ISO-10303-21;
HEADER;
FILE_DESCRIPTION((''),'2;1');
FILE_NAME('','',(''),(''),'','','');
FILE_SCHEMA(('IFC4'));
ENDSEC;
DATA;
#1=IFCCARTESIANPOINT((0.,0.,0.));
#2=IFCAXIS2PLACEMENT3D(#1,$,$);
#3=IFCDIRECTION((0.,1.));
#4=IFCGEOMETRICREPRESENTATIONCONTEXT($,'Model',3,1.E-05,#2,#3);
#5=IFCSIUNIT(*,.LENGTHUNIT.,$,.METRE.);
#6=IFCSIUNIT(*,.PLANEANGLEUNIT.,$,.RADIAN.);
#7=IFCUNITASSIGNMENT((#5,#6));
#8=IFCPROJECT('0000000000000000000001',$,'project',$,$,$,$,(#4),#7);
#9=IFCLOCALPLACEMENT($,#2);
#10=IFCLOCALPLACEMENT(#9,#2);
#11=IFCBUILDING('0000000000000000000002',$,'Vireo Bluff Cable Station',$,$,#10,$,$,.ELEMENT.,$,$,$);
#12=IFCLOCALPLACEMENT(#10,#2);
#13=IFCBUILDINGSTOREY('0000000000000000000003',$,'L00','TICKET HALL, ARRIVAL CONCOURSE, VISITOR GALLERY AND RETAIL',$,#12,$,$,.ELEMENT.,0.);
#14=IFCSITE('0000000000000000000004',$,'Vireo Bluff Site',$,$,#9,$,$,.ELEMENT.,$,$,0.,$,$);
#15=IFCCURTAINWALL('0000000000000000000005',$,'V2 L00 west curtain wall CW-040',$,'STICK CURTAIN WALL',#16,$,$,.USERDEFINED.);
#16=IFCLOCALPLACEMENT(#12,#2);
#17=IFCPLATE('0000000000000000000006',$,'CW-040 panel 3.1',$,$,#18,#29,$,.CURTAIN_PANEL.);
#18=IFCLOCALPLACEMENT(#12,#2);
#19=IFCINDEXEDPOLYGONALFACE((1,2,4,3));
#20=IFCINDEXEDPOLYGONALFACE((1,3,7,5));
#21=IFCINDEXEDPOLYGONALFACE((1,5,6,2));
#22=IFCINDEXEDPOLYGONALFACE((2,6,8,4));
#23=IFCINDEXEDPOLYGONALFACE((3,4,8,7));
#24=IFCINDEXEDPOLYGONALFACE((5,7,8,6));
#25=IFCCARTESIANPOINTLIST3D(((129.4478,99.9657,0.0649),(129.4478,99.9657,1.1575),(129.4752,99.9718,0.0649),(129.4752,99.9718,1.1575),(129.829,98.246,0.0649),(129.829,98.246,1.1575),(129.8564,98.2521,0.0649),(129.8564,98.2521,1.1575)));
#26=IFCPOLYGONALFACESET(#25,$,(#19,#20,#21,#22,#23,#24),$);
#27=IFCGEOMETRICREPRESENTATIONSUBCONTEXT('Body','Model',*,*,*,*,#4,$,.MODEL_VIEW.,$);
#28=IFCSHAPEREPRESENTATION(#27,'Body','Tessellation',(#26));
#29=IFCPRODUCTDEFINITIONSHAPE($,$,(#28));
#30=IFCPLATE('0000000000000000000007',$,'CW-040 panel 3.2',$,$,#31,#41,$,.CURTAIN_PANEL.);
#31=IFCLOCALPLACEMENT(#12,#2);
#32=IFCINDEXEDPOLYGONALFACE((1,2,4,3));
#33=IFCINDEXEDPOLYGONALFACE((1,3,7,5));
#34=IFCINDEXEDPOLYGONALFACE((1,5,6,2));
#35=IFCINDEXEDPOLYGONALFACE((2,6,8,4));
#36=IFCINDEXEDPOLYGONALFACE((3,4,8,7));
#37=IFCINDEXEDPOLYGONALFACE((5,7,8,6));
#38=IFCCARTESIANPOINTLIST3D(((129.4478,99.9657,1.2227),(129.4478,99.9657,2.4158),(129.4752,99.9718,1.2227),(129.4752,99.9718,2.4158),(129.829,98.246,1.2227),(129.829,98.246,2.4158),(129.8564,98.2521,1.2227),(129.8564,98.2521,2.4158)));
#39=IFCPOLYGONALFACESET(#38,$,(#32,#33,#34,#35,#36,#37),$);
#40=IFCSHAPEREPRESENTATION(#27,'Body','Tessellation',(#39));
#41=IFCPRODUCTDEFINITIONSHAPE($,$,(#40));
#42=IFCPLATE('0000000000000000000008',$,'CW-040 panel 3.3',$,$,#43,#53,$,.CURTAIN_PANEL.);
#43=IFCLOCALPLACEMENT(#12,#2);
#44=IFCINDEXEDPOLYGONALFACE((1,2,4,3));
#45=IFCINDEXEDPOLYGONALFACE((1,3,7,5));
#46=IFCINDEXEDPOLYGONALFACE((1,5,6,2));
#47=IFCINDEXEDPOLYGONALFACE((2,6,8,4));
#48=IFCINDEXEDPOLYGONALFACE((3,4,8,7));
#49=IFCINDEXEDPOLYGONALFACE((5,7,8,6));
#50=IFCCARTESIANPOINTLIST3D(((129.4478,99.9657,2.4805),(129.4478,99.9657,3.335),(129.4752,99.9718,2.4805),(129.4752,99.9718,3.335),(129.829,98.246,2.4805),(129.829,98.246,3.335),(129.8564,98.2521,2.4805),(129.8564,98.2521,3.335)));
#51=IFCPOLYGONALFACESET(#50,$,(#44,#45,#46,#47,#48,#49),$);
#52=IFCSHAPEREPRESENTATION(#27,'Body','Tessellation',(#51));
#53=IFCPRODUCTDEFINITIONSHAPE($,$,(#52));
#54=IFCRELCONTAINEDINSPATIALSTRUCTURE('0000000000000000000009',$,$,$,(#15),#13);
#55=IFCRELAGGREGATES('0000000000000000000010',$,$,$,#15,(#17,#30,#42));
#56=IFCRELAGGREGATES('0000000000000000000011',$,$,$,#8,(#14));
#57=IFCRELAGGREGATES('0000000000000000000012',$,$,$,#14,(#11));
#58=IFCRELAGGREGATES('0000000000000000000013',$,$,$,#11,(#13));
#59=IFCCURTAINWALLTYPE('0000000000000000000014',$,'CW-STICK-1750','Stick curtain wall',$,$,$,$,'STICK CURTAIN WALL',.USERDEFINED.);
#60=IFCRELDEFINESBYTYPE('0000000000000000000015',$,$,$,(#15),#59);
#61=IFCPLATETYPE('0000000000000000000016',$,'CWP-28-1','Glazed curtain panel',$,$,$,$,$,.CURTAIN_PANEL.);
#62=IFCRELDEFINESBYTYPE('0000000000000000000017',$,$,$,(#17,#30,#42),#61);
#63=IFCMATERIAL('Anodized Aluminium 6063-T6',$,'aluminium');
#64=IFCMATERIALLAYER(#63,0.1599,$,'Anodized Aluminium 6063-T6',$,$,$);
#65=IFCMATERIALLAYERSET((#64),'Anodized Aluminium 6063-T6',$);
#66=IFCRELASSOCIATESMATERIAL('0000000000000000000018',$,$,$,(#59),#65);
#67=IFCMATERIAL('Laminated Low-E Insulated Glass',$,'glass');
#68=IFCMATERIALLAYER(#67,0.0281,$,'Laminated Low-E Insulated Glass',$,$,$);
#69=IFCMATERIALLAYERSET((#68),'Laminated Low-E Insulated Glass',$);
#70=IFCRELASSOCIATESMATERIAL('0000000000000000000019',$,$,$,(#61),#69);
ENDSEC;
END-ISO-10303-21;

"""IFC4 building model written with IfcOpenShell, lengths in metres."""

from ifc_helpers import new_model, si_unit, direction, frame, origin, origin_2d, place, context, subcontext, project, spatial, rectangle, extrude, material, layer, layer_set, type_object, element, aggregate, save


model = new_model("IFC4")

# Units and contexts
model_context = context("Model", 3, precision=1e-05, world=origin(), true_north=direction((0.0, 1.0)))
body_context = subcontext(model_context, "Body", "Model", "MODEL_VIEW")
ifc_project = project(units=[si_unit("LENGTHUNIT", "METRE"), si_unit("PLANEANGLEUNIT", "RADIAN")], contexts=[model_context])

# Site, building, storey
site_placement = place(None, origin())
site = spatial("IfcSite", under=ifc_project, at=site_placement, Name="Vireo Bluff Site", CompositionType="ELEMENT", RefElevation=0.0)
building_placement = place(site_placement, origin())
building = spatial("IfcBuilding", under=site, at=building_placement, Name="Vireo Bluff Cable Station", CompositionType="ELEMENT")
storey_placement = place(building_placement, origin())
storey = spatial("IfcBuildingStorey", under=building, at=storey_placement, Name="L00", Description="TICKET HALL, ARRIVAL CONCOURSE, VISITOR GALLERY AND RETAIL", CompositionType="ELEMENT", Elevation=0.0)

# Curtain wall
ifc_material_1 = material(Name="Anodized Aluminium 6063-T6", Category="aluminium")
ifc_layer_1 = layer(ifc_material_1, 0.1599, Name="Anodized Aluminium 6063-T6")
ifc_layer_set_1 = layer_set([ifc_layer_1], Name="Anodized Aluminium 6063-T6")
curtain_wall_type = type_object("IfcCurtainWallType", Name="CW-STICK-1750", Description="Stick curtain wall", ElementType="STICK CURTAIN WALL", PredefinedType="USERDEFINED", material=ifc_layer_set_1)
curtain_wall_placement = place(storey_placement, origin())
curtain_wall = element("IfcCurtainWall", 1, at=curtain_wall_placement, inside=storey, type_object=curtain_wall_type, Name="V2 L00 west curtain wall CW-040", ObjectType="STICK CURTAIN WALL", PredefinedType="USERDEFINED")

# Plates
ifc_material_2 = material(Name="Laminated Low-E Insulated Glass", Category="glass")
ifc_layer_2 = layer(ifc_material_2, 0.0281, Name="Laminated Low-E Insulated Glass")
ifc_layer_set_2 = layer_set([ifc_layer_2], Name="Laminated Low-E Insulated Glass")
plate_type = type_object("IfcPlateType", Name="CWP-28-1", Description="Glazed curtain panel", PredefinedType="CURTAIN_PANEL", material=ifc_layer_set_2)
plate_1_placement = place(storey_placement, frame((129.6521, 99.1089, 0.0649), z_axis=(0.0, 0.0, 1.0), x_axis=(-0.21644, 0.976296, 0.0)))
plate_1 = element("IfcPlate", 2, at=plate_1_placement, type_object=plate_type, Name="CW-040 panel 3.1", PredefinedType="CURTAIN_PANEL", context=body_context, shape_type="SweptSolid", body=[
    extrude(rectangle(XDim=1.7615, YDim=0.0281, at=origin_2d()), origin(), (0.0, 0.0, 1.0), 1.0925),
])
plate_2_placement = place(storey_placement, frame((129.6521, 99.1089, 1.2227), z_axis=(0.0, 0.0, 1.0), x_axis=(-0.21644, 0.976296, 0.0)))
plate_2 = element("IfcPlate", 3, at=plate_2_placement, type_object=plate_type, Name="CW-040 panel 3.2", PredefinedType="CURTAIN_PANEL", context=body_context, shape_type="SweptSolid", body=[
    extrude(rectangle(XDim=1.7615, YDim=0.0281, at=origin_2d()), origin(), (0.0, 0.0, 1.0), 1.1931),
])
plate_3_placement = place(storey_placement, frame((129.6521, 99.1089, 2.4805), z_axis=(0.0, 0.0, 1.0), x_axis=(-0.21644, 0.976296, 0.0)))
plate_3 = element("IfcPlate", 4, at=plate_3_placement, type_object=plate_type, Name="CW-040 panel 3.3", PredefinedType="CURTAIN_PANEL", context=body_context, shape_type="SweptSolid", body=[
    extrude(rectangle(XDim=1.7615, YDim=0.0281, at=origin_2d()), origin(), (0.0, 0.0, 1.0), 0.8545),
])
aggregate(curtain_wall, [plate_1, plate_2, plate_3])

save(model, "model.ifc")
